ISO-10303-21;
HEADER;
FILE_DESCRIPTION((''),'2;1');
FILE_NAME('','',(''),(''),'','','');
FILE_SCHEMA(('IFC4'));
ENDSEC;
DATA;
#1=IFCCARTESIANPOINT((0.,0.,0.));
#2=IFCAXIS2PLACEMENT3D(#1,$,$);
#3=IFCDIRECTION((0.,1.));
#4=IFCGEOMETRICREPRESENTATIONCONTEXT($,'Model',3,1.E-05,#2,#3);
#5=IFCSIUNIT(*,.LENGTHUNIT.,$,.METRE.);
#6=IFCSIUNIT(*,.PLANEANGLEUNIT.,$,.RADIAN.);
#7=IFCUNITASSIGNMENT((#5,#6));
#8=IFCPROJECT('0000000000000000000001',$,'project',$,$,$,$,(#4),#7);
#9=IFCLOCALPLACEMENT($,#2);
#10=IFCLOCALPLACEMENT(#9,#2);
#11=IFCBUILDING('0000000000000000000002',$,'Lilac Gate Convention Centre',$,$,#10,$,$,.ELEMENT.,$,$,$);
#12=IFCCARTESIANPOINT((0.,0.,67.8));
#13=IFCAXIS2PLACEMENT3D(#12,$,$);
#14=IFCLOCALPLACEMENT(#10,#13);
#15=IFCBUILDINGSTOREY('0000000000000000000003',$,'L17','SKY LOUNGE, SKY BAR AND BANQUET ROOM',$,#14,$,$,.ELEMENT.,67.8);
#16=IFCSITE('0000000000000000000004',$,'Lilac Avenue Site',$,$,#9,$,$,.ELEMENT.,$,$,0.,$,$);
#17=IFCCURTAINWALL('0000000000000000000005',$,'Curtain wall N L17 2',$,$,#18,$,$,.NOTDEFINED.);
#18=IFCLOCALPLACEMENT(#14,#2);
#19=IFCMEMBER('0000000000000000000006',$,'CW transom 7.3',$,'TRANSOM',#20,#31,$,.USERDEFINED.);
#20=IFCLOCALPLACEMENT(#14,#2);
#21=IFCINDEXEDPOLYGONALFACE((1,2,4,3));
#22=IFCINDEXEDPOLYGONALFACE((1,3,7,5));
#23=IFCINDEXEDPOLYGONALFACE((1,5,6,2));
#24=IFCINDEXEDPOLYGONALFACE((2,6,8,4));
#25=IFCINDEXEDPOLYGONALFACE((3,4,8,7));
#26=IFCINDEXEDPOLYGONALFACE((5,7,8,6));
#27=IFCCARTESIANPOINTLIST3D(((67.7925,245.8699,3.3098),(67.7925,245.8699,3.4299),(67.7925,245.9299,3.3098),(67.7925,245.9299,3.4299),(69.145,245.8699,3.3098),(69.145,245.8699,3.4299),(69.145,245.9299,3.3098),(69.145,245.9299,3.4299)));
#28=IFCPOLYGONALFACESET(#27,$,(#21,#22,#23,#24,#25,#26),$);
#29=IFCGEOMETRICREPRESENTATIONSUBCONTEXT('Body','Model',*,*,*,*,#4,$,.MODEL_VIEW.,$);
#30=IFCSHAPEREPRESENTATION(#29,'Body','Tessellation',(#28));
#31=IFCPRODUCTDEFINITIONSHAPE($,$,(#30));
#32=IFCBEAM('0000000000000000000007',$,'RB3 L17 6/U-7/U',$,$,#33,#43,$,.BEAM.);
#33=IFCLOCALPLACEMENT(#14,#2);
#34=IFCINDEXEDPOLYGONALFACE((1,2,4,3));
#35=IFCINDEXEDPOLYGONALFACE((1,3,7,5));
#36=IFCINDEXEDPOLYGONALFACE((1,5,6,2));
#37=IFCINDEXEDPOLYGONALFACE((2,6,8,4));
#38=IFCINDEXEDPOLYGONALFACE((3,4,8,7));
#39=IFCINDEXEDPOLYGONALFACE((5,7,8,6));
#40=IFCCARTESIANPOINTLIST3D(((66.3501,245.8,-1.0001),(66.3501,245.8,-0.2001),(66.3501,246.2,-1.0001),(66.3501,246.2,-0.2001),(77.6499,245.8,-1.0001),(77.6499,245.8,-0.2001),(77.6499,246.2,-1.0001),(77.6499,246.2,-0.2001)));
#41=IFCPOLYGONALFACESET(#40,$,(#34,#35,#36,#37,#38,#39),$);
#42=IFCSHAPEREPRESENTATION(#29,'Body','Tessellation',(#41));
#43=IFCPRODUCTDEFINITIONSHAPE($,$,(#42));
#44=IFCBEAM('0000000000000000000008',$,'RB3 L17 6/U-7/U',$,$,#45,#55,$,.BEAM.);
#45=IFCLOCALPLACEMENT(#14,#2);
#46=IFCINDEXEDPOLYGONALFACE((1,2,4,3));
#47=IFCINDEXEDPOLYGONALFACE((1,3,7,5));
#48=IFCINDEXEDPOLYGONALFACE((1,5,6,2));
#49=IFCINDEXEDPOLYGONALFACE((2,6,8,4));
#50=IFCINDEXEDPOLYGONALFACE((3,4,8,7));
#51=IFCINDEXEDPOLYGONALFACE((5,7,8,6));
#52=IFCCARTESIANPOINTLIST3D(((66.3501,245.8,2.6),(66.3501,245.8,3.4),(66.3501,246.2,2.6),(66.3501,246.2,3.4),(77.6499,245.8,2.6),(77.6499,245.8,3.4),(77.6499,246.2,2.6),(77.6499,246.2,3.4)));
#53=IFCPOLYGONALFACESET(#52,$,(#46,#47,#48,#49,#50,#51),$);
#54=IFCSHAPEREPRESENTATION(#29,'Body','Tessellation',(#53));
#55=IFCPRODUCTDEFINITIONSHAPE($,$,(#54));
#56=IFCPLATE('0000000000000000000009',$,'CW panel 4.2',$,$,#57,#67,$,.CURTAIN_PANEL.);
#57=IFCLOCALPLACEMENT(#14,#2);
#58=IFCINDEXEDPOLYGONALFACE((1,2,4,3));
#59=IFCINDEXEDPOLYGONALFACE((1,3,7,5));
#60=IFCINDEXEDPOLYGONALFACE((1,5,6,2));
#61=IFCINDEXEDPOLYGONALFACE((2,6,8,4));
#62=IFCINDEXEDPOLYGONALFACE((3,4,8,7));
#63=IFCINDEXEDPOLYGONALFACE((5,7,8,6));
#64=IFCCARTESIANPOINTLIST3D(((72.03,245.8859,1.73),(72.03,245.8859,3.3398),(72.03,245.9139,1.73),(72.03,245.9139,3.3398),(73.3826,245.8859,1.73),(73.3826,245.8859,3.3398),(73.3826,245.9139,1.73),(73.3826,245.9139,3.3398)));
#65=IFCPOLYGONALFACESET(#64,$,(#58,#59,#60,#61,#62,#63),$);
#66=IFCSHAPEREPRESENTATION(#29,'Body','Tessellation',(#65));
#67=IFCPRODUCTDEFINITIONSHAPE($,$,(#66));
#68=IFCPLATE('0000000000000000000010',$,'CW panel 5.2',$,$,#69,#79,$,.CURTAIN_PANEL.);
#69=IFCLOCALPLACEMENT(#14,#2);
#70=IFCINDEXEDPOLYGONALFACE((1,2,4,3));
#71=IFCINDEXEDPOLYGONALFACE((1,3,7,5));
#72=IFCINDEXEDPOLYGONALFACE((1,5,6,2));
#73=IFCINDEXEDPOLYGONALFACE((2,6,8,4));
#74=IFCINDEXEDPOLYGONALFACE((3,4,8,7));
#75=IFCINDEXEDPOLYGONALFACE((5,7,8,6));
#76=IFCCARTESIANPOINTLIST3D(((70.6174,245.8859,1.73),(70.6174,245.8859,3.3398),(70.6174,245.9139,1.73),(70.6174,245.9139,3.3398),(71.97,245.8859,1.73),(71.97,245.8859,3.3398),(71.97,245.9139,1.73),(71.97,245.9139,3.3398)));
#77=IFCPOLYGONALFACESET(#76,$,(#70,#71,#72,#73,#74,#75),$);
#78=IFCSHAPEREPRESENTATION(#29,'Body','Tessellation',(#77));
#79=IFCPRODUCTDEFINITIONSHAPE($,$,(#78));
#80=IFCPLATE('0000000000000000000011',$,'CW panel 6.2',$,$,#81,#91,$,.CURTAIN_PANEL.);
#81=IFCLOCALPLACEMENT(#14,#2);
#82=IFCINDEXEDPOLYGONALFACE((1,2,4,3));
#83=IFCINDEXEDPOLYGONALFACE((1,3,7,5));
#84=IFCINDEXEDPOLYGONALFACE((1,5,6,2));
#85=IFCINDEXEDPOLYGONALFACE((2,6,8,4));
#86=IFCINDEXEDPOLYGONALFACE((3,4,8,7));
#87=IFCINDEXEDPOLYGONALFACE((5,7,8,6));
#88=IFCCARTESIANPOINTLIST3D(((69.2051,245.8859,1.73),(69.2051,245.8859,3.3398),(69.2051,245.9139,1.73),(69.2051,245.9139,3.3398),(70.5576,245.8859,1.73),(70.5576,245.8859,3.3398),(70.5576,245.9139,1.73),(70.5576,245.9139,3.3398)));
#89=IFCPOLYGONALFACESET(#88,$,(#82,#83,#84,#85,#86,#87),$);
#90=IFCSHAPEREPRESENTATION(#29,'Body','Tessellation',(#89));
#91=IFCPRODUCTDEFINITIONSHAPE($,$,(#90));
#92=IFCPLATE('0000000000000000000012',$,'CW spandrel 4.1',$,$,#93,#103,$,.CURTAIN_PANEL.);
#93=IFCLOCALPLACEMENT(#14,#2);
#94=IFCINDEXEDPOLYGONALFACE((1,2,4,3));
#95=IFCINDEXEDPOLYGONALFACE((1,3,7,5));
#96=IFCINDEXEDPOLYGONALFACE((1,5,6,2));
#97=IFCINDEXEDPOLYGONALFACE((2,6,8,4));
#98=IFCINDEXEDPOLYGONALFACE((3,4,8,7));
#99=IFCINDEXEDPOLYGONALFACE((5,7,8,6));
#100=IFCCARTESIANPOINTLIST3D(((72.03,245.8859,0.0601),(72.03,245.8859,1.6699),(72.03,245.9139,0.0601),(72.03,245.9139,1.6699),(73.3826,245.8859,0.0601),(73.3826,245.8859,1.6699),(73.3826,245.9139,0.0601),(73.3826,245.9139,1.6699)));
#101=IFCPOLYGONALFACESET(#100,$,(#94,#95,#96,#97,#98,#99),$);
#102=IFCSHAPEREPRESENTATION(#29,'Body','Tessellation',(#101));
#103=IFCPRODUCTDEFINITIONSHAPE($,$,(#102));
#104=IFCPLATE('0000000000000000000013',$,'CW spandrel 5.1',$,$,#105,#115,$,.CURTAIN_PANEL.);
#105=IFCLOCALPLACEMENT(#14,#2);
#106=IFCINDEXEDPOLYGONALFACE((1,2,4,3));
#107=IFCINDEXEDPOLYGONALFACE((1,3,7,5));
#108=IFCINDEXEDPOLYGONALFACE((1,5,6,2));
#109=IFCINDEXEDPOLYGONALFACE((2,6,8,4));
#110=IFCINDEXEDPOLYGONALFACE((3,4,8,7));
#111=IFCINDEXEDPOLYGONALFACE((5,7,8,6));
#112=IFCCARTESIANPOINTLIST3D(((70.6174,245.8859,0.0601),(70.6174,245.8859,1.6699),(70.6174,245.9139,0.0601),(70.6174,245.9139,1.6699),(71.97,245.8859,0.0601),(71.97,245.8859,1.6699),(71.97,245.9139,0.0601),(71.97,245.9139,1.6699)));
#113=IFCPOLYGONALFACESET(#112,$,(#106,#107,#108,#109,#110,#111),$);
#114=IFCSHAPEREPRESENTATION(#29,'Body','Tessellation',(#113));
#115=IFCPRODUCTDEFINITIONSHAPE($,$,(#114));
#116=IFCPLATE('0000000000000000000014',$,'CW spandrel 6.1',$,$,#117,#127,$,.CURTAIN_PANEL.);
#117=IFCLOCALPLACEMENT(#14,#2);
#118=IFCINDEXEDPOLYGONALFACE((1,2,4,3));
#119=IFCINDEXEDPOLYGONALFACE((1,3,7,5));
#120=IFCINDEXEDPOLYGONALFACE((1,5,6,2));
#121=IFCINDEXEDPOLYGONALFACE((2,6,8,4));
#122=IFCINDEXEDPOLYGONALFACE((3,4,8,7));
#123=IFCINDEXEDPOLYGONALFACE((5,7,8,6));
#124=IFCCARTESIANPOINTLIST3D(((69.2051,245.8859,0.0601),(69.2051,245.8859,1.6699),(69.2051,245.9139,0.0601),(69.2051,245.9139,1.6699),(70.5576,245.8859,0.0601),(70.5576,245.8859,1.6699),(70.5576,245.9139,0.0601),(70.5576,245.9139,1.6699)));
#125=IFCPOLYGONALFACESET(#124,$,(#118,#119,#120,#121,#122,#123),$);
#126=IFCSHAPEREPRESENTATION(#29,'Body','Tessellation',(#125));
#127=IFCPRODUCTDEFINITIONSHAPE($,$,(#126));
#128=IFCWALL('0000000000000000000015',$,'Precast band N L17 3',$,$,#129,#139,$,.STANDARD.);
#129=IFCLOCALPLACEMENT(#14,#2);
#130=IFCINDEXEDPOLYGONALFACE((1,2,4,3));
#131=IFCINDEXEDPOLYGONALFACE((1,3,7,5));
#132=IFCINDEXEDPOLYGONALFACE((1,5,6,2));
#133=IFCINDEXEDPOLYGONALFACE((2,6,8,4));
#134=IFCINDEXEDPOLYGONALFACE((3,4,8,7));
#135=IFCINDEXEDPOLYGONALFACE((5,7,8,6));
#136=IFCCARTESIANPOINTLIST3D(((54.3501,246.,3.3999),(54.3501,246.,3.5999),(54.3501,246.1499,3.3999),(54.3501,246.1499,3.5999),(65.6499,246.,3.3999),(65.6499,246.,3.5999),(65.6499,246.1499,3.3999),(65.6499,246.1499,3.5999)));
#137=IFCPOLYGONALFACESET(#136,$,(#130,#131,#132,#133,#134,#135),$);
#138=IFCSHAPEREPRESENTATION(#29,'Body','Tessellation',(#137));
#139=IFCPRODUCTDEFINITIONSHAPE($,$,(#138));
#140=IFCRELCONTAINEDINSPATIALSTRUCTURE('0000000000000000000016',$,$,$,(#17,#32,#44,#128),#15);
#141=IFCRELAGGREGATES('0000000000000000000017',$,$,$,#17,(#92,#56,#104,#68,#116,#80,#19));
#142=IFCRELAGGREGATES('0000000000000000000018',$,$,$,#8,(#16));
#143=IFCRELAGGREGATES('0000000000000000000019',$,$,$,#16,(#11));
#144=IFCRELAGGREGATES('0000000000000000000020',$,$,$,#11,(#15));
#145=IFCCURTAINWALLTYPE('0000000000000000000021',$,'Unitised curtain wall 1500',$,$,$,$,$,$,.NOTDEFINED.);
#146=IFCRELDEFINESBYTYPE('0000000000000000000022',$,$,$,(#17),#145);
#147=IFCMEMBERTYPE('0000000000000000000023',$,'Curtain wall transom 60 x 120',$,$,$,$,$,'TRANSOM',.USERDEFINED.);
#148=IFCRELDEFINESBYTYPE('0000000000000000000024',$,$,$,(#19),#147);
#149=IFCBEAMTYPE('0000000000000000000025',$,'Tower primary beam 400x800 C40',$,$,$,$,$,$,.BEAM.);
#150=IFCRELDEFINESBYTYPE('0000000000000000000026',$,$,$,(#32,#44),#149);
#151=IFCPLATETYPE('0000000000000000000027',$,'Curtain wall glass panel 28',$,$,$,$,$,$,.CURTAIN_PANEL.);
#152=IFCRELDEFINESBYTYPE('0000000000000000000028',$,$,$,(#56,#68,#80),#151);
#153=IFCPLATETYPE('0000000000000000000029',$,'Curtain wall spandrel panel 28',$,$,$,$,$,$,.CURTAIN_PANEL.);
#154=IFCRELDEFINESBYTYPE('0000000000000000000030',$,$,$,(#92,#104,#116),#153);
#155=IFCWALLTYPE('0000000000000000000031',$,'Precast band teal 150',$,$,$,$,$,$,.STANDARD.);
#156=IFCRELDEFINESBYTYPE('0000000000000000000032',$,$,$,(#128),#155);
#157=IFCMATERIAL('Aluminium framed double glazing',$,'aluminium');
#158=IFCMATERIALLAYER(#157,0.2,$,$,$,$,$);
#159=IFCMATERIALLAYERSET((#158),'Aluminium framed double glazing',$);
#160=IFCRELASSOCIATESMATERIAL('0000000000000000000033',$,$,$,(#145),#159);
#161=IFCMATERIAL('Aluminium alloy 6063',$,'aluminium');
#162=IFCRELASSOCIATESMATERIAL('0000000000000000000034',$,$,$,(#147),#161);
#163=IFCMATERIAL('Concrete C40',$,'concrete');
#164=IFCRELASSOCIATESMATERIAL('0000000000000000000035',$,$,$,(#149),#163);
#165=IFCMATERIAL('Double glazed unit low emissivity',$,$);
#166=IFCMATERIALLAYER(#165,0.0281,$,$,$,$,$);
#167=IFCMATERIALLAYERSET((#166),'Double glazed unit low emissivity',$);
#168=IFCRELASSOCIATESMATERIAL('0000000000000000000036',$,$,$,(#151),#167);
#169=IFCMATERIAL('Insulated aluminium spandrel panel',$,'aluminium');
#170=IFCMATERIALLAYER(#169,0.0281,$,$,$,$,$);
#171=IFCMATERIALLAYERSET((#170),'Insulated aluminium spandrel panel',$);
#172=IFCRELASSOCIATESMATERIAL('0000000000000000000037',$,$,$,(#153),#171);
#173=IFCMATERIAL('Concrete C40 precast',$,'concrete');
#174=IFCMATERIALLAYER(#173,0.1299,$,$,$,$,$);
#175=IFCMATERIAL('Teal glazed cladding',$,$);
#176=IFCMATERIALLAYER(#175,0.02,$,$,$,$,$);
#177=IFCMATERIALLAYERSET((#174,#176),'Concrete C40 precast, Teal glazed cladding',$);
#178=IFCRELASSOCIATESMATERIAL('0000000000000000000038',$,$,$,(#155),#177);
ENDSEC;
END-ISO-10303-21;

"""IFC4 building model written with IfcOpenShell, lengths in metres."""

from ifc_helpers import new_model, si_unit, direction, frame, frame_2d, origin, origin_2d, place, context, subcontext, project, spatial, rectangle, extrude, material, layer, layer_set, material_profile, profile_set, type_object, element, aggregate, save


model = new_model("IFC4")

# Units and contexts
model_context = context("Model", 3, precision=1e-05, world=origin(), true_north=direction((0.0, 1.0)))
body_context = subcontext(model_context, "Body", "Model", "MODEL_VIEW")
ifc_project = project(units=[si_unit("LENGTHUNIT", "METRE"), si_unit("PLANEANGLEUNIT", "RADIAN")], contexts=[model_context])

# Site, building, storey
site_placement = place(None, origin())
site = spatial("IfcSite", under=ifc_project, at=site_placement, Name="Lilac Avenue Site", CompositionType="ELEMENT", RefElevation=0.0)
building_placement = place(site_placement, origin())
building = spatial("IfcBuilding", under=site, at=building_placement, Name="Lilac Gate Convention Centre", CompositionType="ELEMENT")
storey_placement = place(building_placement, frame((0.0, 0.0, 67.8)))
storey = spatial("IfcBuildingStorey", under=building, at=storey_placement, Name="L17", Description="SKY LOUNGE, SKY BAR AND BANQUET ROOM", CompositionType="ELEMENT", Elevation=67.8)

# Shared definitions
ifc_material_1 = material(Name="Concrete C40", Category="concrete")

# Curtain wall, member
ifc_material_2 = material(Name="Aluminium framed double glazing", Category="aluminium")
ifc_layer_1 = layer(ifc_material_2, 0.2)
ifc_layer_set_1 = layer_set([ifc_layer_1], Name="Aluminium framed double glazing")
curtain_wall_type = type_object("IfcCurtainWallType", Name="Unitised curtain wall 1500", PredefinedType="NOTDEFINED", material=ifc_layer_set_1)
curtain_wall_placement = place(storey_placement, origin())
curtain_wall = element("IfcCurtainWall", 1, at=curtain_wall_placement, inside=storey, type_object=curtain_wall_type, Name="Curtain wall N L17 2", PredefinedType="NOTDEFINED")
ifc_material_3 = material(Name="Aluminium alloy 6063", Category="aluminium")
ifc_material_profile_1 = material_profile(ifc_material_3, rectangle(XDim=0.0601, YDim=0.1201, at=origin_2d()), Name="Curtain wall transom 60 x 120")
ifc_profile_set_1 = profile_set([ifc_material_profile_1], Name="Aluminium alloy 6063")
member_type_1 = type_object("IfcMemberType", Name="Curtain wall transom 60 x 120", ElementType="TRANSOM", PredefinedType="USERDEFINED", material=ifc_profile_set_1)
member_1_placement = place(storey_placement, frame((69.145, 245.8999, 3.3699), z_axis=(-1.0, 0.0, 0.0), x_axis=(0.0, -1.0, 0.0)))
member_1 = element("IfcMember", 2, at=member_1_placement, type_object=member_type_1, Name="CW transom 7.3", ObjectType="TRANSOM", PredefinedType="USERDEFINED", context=body_context, shape_type="SweptSolid", body=[
    extrude(rectangle(XDim=0.0601, YDim=0.1201, at=origin_2d()), origin(), (0.0, 0.0, 1.0), 1.3525),
])

# Beams
ifc_material_profile_2 = material_profile(ifc_material_1, rectangle(XDim=0.3999, YDim=0.8, at=origin_2d()), Name="RC 400x800")
ifc_profile_set_2 = profile_set([ifc_material_profile_2], Name="Concrete C40")
beam_type = type_object("IfcBeamType", Name="Tower primary beam 400x800 C40", PredefinedType="BEAM", material=ifc_profile_set_2)
for number, where, z_axis, x_axis, name in (
    (3, (66.3501, 246.0, -0.6001), (1.0, 0.0, 0.0), (0.0, 1.0, 0.0), "RB3 L17 6/U-7/U"),
    (4, (66.3501, 246.0, 3.0), (1.0, 0.0, 0.0), (0.0, 1.0, 0.0), "RB3 L17 6/U-7/U"),
):
    element("IfcBeam", number, at=place(storey_placement, frame(where, z_axis=z_axis, x_axis=x_axis)), inside=storey, type_object=beam_type, Name=name, PredefinedType="BEAM", context=body_context, shape_type="SweptSolid", body=[
        extrude(rectangle(XDim=0.3999, YDim=0.8, at=origin_2d()), origin(), (0.0, 0.0, 1.0), 11.2998),
    ])

# Plates
ifc_material_4 = material(Name="Double glazed unit low emissivity")
ifc_layer_2 = layer(ifc_material_4, 0.0281)
ifc_layer_set_2 = layer_set([ifc_layer_2], Name="Double glazed unit low emissivity")
plate_type_1 = type_object("IfcPlateType", Name="Curtain wall glass panel 28", PredefinedType="CURTAIN_PANEL", material=ifc_layer_set_2)
plate_1_placement = place(storey_placement, frame((72.7063, 245.8999, 1.73), z_axis=(0.0, 0.0, 1.0), x_axis=(-1.0, 0.0, 0.0)))
plate_1 = element("IfcPlate", 5, at=plate_1_placement, type_object=plate_type_1, Name="CW panel 4.2", PredefinedType="CURTAIN_PANEL", context=body_context, shape_type="SweptSolid", body=[
    extrude(rectangle(XDim=1.3525, YDim=0.0281, at=origin_2d()), origin(), (0.0, 0.0, 1.0), 1.6099),
])
plate_2_placement = place(storey_placement, frame((71.2937, 245.8999, 1.73), z_axis=(0.0, 0.0, 1.0), x_axis=(-1.0, 0.0, 0.0)))
plate_2 = element("IfcPlate", 6, at=plate_2_placement, type_object=plate_type_1, Name="CW panel 5.2", PredefinedType="CURTAIN_PANEL", context=body_context, shape_type="SweptSolid", body=[
    extrude(rectangle(XDim=1.3525, YDim=0.0281, at=origin_2d()), origin(), (0.0, 0.0, 1.0), 1.6099),
])
plate_3_placement = place(storey_placement, frame((69.8813, 245.8999, 1.73), z_axis=(0.0, 0.0, 1.0), x_axis=(-1.0, 0.0, 0.0)))
plate_3 = element("IfcPlate", 7, at=plate_3_placement, type_object=plate_type_1, Name="CW panel 6.2", PredefinedType="CURTAIN_PANEL", context=body_context, shape_type="SweptSolid", body=[
    extrude(rectangle(XDim=1.3525, YDim=0.0281, at=origin_2d()), origin(), (0.0, 0.0, 1.0), 1.6099),
])
ifc_material_5 = material(Name="Insulated aluminium spandrel panel", Category="aluminium")
ifc_layer_3 = layer(ifc_material_5, 0.0281)
ifc_layer_set_3 = layer_set([ifc_layer_3], Name="Insulated aluminium spandrel panel")
plate_type_2 = type_object("IfcPlateType", Name="Curtain wall spandrel panel 28", PredefinedType="CURTAIN_PANEL", material=ifc_layer_set_3)
plate_4_placement = place(storey_placement, frame((72.7063, 245.8999, 0.0601), z_axis=(0.0, 0.0, 1.0), x_axis=(-1.0, 0.0, 0.0)))
plate_4 = element("IfcPlate", 8, at=plate_4_placement, type_object=plate_type_2, Name="CW spandrel 4.1", PredefinedType="CURTAIN_PANEL", context=body_context, shape_type="SweptSolid", body=[
    extrude(rectangle(XDim=1.3525, YDim=0.0281, at=origin_2d()), origin(), (0.0, 0.0, 1.0), 1.6099),
])
plate_5_placement = place(storey_placement, frame((71.2937, 245.8999, 0.0601), z_axis=(0.0, 0.0, 1.0), x_axis=(-1.0, 0.0, 0.0)))
plate_5 = element("IfcPlate", 9, at=plate_5_placement, type_object=plate_type_2, Name="CW spandrel 5.1", PredefinedType="CURTAIN_PANEL", context=body_context, shape_type="SweptSolid", body=[
    extrude(rectangle(XDim=1.3525, YDim=0.0281, at=origin_2d()), origin(), (0.0, 0.0, 1.0), 1.6099),
])
plate_6_placement = place(storey_placement, frame((69.8813, 245.8999, 0.0601), z_axis=(0.0, 0.0, 1.0), x_axis=(-1.0, 0.0, 0.0)))
plate_6 = element("IfcPlate", 10, at=plate_6_placement, type_object=plate_type_2, Name="CW spandrel 6.1", PredefinedType="CURTAIN_PANEL", context=body_context, shape_type="SweptSolid", body=[
    extrude(rectangle(XDim=1.3525, YDim=0.0281, at=origin_2d()), origin(), (0.0, 0.0, 1.0), 1.6099),
])
aggregate(curtain_wall, [plate_4, plate_1, plate_5, plate_2, plate_6, plate_3, member_1])

# Wall
ifc_material_6 = material(Name="Concrete C40 precast", Category="concrete")
ifc_layer_4 = layer(ifc_material_6, 0.1299)
ifc_material_7 = material(Name="Teal glazed cladding")
ifc_layer_5 = layer(ifc_material_7, 0.02)
ifc_layer_set_4 = layer_set([ifc_layer_4, ifc_layer_5], Name="Concrete C40 precast, Teal glazed cladding")
wall_type = type_object("IfcWallType", Name="Precast band teal 150", PredefinedType="STANDARD", material=ifc_layer_set_4)
wall_placement = place(storey_placement, frame((65.6499, 246.075, 3.3999), z_axis=(0.0, 0.0, 1.0), x_axis=(-1.0, 0.0, 0.0)))
element("IfcWall", 11, at=wall_placement, inside=storey, type_object=wall_type, Name="Precast band N L17 3", PredefinedType="STANDARD", context=body_context, shape_type="SweptSolid", body=[
    extrude(rectangle(XDim=11.2998, YDim=0.1499, at=frame_2d((5.6499, 0.0))), origin(), (0.0, 0.0, 1.0), 0.2),
])

save(model, "model.ifc")
